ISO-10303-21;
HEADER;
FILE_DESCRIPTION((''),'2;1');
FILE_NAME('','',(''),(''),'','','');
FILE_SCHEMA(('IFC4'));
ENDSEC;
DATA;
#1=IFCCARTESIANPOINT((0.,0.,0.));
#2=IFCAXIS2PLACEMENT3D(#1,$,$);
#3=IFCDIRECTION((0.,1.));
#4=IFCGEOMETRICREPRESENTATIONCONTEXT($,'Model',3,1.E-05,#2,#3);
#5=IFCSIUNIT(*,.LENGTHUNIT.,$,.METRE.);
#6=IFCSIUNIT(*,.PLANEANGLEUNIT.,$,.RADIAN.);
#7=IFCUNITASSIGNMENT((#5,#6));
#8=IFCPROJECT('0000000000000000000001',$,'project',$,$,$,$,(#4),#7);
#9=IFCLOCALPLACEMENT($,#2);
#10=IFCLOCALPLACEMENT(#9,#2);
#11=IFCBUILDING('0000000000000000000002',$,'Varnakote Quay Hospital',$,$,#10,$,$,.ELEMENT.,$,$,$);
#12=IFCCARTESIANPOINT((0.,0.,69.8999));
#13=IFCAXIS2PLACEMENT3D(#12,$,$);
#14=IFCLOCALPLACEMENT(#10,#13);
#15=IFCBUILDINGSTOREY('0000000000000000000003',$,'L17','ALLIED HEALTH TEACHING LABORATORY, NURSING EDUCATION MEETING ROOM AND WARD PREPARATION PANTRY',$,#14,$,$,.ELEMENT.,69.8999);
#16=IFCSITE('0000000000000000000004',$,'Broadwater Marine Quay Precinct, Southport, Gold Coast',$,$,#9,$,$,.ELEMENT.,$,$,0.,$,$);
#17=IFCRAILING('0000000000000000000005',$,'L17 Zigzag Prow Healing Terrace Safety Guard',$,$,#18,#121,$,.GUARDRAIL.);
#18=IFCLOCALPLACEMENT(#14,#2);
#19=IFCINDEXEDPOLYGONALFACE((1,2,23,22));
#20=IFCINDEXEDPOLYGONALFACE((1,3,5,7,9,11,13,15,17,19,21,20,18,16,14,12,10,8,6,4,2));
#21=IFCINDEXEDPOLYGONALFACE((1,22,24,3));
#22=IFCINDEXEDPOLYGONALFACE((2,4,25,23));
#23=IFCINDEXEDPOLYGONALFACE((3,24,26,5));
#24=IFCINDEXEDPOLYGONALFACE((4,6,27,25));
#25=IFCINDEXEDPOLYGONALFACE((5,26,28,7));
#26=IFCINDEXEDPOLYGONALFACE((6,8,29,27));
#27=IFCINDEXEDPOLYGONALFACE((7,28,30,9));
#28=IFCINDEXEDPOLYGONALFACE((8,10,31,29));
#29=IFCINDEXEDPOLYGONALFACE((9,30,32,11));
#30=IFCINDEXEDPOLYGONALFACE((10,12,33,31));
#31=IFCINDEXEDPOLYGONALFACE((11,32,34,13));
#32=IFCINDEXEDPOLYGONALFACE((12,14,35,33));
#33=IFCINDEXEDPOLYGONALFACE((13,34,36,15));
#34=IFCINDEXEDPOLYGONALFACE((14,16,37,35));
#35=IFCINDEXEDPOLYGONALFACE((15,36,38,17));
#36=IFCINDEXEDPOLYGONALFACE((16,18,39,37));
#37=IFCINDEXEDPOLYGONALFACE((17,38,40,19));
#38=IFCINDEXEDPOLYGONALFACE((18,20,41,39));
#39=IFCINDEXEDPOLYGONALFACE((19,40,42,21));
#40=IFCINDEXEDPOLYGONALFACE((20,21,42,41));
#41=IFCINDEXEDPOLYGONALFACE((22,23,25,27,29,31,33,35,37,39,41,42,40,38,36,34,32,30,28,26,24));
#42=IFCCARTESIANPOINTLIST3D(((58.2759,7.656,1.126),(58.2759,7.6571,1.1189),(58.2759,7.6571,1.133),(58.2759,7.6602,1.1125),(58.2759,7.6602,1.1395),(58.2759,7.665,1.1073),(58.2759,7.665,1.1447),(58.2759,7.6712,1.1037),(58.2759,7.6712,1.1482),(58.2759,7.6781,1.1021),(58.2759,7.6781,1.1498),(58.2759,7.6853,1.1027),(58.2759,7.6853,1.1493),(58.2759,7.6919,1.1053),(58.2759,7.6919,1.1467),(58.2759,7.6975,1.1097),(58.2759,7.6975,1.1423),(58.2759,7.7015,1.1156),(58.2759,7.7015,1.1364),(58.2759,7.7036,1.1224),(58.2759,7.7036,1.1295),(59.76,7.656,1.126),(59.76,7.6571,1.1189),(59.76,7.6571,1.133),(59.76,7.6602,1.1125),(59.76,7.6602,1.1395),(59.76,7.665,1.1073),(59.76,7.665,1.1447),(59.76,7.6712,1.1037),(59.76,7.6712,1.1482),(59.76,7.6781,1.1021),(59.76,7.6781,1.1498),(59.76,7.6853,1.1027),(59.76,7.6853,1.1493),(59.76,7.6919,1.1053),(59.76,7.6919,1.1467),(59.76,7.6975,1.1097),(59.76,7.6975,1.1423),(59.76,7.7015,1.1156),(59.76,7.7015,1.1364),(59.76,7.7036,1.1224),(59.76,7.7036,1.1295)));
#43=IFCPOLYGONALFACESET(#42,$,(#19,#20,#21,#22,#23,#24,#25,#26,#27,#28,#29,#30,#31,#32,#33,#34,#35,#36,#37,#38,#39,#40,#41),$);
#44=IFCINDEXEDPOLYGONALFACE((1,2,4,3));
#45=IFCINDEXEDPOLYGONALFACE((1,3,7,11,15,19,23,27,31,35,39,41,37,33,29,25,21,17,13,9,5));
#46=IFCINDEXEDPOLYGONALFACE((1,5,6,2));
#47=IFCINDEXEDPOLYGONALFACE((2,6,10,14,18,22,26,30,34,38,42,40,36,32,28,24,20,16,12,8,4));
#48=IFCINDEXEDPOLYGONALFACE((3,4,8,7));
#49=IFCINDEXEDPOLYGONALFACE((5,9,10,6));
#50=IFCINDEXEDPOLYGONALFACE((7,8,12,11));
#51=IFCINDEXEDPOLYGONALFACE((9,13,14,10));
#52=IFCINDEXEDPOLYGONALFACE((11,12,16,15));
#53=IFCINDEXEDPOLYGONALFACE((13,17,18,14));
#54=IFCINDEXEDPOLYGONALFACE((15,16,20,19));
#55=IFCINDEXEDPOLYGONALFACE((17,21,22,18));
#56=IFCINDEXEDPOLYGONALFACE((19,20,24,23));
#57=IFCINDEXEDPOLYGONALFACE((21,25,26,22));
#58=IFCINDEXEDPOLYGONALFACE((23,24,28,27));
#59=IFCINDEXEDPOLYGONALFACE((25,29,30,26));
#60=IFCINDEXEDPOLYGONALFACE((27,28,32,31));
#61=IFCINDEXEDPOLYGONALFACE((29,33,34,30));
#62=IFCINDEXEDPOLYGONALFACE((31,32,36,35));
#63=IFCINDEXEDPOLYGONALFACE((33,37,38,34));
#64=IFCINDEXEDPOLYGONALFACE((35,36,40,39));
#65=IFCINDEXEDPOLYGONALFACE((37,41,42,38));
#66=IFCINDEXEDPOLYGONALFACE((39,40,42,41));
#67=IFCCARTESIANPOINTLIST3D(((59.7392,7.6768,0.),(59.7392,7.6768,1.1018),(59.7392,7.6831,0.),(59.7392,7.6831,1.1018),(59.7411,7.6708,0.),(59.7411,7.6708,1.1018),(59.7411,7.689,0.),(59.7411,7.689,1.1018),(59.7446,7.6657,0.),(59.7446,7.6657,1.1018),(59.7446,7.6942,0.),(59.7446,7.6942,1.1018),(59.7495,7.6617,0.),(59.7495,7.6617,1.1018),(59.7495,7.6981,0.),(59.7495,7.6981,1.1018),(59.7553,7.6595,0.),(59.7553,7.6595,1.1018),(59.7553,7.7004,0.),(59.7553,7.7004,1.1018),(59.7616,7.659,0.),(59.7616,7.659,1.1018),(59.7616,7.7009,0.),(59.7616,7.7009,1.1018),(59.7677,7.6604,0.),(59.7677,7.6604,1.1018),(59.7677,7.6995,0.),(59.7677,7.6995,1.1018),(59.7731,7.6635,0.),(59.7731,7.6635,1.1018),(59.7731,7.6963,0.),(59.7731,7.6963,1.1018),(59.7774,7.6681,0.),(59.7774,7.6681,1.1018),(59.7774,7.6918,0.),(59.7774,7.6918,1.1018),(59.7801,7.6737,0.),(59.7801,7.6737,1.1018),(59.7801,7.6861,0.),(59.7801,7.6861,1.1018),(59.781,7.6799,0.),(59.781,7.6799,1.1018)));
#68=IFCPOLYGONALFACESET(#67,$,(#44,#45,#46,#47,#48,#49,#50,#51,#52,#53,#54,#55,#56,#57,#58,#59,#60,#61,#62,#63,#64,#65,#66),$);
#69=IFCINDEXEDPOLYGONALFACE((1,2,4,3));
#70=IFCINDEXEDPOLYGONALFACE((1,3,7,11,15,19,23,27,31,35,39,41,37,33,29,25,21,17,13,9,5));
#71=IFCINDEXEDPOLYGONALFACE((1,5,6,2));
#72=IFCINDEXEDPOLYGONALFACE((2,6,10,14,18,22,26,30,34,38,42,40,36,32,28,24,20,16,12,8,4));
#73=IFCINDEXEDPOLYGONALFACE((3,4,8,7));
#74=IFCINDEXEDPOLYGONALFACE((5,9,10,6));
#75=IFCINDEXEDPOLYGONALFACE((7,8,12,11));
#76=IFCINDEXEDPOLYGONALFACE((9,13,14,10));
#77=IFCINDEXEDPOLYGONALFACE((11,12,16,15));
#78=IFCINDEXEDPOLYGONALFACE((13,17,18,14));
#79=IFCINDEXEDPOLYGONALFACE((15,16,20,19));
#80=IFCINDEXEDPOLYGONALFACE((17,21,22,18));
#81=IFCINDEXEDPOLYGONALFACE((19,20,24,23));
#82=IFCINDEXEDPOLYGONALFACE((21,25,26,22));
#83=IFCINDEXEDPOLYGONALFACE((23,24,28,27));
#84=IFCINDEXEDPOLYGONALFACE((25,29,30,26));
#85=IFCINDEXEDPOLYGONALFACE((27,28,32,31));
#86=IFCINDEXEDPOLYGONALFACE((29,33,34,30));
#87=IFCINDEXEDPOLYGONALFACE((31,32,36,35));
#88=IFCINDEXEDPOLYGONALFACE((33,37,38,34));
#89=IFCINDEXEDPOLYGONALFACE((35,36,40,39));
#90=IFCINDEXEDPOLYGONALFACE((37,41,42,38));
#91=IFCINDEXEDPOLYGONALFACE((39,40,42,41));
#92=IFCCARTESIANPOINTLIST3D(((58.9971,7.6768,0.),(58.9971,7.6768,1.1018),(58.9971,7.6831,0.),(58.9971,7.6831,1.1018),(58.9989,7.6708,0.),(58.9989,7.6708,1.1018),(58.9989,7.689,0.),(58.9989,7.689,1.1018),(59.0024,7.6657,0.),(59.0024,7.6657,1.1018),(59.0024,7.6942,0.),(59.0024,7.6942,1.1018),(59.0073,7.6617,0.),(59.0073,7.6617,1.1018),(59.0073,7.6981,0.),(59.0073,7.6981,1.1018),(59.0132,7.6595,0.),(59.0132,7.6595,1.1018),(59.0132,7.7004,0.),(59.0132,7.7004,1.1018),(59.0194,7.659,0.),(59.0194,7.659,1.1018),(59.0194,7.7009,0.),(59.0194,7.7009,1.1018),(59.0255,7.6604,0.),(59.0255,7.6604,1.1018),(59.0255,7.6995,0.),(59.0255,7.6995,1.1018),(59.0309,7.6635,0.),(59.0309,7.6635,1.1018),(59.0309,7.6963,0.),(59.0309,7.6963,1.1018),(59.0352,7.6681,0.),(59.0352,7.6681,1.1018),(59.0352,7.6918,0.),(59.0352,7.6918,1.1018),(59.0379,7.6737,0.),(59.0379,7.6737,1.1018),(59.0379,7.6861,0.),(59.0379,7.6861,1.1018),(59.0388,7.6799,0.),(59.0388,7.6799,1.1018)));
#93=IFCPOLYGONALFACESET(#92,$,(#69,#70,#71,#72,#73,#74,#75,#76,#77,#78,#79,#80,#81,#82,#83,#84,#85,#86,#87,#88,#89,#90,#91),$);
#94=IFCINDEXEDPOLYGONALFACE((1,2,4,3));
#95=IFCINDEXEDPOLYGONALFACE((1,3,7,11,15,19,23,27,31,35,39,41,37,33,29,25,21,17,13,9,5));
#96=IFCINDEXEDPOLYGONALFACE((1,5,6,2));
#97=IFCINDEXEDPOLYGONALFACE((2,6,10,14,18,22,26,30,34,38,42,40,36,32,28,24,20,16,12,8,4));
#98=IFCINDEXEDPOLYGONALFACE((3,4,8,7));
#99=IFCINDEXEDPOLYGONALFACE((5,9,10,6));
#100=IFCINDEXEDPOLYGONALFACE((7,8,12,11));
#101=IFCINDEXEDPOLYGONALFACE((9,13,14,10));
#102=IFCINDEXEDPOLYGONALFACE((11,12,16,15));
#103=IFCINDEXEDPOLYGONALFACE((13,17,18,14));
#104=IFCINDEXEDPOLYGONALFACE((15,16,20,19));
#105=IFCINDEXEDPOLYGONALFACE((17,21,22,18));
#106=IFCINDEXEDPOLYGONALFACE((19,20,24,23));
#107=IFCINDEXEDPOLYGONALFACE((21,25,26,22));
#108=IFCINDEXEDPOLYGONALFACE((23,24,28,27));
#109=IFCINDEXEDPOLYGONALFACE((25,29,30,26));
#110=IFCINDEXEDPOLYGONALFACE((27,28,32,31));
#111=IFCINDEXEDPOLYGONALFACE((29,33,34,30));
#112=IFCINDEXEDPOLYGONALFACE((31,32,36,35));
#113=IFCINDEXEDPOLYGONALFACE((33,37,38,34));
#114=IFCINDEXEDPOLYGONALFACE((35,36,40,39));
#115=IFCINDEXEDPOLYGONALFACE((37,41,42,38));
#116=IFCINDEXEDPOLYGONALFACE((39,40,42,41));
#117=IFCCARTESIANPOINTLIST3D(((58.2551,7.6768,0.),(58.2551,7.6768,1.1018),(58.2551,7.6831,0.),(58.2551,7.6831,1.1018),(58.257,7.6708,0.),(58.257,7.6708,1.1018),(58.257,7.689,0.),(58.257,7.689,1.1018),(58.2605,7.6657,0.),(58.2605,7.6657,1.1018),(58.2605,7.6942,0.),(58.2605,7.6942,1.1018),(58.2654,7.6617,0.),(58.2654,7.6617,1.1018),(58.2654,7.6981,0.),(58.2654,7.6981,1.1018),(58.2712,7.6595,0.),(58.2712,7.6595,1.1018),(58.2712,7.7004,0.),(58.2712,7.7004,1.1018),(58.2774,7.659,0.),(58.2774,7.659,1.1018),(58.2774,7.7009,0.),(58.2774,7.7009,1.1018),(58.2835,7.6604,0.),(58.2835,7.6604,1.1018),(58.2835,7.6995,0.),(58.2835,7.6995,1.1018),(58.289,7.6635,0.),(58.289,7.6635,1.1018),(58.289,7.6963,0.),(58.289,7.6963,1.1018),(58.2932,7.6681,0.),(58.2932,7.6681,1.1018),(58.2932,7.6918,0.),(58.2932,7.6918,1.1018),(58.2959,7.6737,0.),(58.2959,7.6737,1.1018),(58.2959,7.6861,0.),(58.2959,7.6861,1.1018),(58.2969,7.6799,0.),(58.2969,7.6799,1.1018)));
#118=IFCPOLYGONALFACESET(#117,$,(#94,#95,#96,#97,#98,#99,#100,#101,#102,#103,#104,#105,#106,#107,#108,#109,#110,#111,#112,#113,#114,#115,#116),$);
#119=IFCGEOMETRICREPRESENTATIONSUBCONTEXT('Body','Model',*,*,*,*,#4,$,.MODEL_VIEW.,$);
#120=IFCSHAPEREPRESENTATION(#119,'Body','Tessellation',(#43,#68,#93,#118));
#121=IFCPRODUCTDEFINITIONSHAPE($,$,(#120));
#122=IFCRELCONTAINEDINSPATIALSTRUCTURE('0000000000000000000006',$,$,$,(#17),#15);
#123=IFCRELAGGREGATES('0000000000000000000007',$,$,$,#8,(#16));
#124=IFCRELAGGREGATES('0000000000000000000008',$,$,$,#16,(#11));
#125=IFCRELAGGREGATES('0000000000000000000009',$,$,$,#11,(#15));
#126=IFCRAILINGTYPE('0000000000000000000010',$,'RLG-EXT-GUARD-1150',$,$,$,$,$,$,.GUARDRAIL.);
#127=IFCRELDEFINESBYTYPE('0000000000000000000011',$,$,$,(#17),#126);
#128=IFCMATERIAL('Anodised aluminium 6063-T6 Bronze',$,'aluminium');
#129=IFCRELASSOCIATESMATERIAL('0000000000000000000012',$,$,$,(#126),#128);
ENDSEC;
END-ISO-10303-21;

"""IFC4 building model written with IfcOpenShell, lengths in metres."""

from ifc_helpers import new_model, si_unit, direction, frame, origin, origin_2d, place, context, subcontext, project, spatial, circle, extrude, material, type_object, element, save


model = new_model("IFC4")

# Units and contexts
model_context = context("Model", 3, precision=1e-05, world=origin(), true_north=direction((0.0, 1.0)))
body_context = subcontext(model_context, "Body", "Model", "MODEL_VIEW")
ifc_project = project(units=[si_unit("LENGTHUNIT", "METRE"), si_unit("PLANEANGLEUNIT", "RADIAN")], contexts=[model_context])

# Site, building, storey
site_placement = place(None, origin())
site = spatial("IfcSite", under=ifc_project, at=site_placement, Name="Broadwater Marine Quay Precinct, Southport, Gold Coast", CompositionType="ELEMENT", RefElevation=0.0)
building_placement = place(site_placement, origin())
building = spatial("IfcBuilding", under=site, at=building_placement, Name="Varnakote Quay Hospital", CompositionType="ELEMENT")
storey_placement = place(building_placement, frame((0.0, 0.0, 69.8999)))
storey = spatial("IfcBuildingStorey", under=building, at=storey_placement, Name="L17", Description="ALLIED HEALTH TEACHING LABORATORY, NURSING EDUCATION MEETING ROOM AND WARD PREPARATION PANTRY", CompositionType="ELEMENT", Elevation=69.8999)

# Railing
ifc_material_1 = material(Name="Anodised aluminium 6063-T6 Bronze", Category="aluminium")
railing_type_1 = type_object("IfcRailingType", Name="RLG-EXT-GUARD-1150", PredefinedType="GUARDRAIL", material=ifc_material_1)
railing_1_placement = place(storey_placement, frame((59.76, 7.6799, 0.0)))
element("IfcRailing", 1, at=railing_1_placement, inside=storey, type_object=railing_type_1, Name="L17 Zigzag Prow Healing Terrace Safety Guard", PredefinedType="GUARDRAIL", context=body_context, shape_type="SweptSolid", body=[
    extrude(circle(Radius=0.0239, at=origin_2d()), frame((0.0, 0.0, 1.126), z_axis=(-1.0, 0.0, 0.0), x_axis=(0.0, -1.0, 0.0)), (0.0, 0.0, 1.0), 1.4841),
    extrude(circle(Radius=0.021, at=origin_2d()), origin(), (0.0, 0.0, 1.0), 1.1018),
    extrude(circle(Radius=0.021, at=origin_2d()), frame((-0.7422, 0.0, 0.0)), (0.0, 0.0, 1.0), 1.1018),
    extrude(circle(Radius=0.021, at=origin_2d()), frame((-1.4841, 0.0, 0.0)), (0.0, 0.0, 1.0), 1.1018),
])

save(model, "model.ifc")
